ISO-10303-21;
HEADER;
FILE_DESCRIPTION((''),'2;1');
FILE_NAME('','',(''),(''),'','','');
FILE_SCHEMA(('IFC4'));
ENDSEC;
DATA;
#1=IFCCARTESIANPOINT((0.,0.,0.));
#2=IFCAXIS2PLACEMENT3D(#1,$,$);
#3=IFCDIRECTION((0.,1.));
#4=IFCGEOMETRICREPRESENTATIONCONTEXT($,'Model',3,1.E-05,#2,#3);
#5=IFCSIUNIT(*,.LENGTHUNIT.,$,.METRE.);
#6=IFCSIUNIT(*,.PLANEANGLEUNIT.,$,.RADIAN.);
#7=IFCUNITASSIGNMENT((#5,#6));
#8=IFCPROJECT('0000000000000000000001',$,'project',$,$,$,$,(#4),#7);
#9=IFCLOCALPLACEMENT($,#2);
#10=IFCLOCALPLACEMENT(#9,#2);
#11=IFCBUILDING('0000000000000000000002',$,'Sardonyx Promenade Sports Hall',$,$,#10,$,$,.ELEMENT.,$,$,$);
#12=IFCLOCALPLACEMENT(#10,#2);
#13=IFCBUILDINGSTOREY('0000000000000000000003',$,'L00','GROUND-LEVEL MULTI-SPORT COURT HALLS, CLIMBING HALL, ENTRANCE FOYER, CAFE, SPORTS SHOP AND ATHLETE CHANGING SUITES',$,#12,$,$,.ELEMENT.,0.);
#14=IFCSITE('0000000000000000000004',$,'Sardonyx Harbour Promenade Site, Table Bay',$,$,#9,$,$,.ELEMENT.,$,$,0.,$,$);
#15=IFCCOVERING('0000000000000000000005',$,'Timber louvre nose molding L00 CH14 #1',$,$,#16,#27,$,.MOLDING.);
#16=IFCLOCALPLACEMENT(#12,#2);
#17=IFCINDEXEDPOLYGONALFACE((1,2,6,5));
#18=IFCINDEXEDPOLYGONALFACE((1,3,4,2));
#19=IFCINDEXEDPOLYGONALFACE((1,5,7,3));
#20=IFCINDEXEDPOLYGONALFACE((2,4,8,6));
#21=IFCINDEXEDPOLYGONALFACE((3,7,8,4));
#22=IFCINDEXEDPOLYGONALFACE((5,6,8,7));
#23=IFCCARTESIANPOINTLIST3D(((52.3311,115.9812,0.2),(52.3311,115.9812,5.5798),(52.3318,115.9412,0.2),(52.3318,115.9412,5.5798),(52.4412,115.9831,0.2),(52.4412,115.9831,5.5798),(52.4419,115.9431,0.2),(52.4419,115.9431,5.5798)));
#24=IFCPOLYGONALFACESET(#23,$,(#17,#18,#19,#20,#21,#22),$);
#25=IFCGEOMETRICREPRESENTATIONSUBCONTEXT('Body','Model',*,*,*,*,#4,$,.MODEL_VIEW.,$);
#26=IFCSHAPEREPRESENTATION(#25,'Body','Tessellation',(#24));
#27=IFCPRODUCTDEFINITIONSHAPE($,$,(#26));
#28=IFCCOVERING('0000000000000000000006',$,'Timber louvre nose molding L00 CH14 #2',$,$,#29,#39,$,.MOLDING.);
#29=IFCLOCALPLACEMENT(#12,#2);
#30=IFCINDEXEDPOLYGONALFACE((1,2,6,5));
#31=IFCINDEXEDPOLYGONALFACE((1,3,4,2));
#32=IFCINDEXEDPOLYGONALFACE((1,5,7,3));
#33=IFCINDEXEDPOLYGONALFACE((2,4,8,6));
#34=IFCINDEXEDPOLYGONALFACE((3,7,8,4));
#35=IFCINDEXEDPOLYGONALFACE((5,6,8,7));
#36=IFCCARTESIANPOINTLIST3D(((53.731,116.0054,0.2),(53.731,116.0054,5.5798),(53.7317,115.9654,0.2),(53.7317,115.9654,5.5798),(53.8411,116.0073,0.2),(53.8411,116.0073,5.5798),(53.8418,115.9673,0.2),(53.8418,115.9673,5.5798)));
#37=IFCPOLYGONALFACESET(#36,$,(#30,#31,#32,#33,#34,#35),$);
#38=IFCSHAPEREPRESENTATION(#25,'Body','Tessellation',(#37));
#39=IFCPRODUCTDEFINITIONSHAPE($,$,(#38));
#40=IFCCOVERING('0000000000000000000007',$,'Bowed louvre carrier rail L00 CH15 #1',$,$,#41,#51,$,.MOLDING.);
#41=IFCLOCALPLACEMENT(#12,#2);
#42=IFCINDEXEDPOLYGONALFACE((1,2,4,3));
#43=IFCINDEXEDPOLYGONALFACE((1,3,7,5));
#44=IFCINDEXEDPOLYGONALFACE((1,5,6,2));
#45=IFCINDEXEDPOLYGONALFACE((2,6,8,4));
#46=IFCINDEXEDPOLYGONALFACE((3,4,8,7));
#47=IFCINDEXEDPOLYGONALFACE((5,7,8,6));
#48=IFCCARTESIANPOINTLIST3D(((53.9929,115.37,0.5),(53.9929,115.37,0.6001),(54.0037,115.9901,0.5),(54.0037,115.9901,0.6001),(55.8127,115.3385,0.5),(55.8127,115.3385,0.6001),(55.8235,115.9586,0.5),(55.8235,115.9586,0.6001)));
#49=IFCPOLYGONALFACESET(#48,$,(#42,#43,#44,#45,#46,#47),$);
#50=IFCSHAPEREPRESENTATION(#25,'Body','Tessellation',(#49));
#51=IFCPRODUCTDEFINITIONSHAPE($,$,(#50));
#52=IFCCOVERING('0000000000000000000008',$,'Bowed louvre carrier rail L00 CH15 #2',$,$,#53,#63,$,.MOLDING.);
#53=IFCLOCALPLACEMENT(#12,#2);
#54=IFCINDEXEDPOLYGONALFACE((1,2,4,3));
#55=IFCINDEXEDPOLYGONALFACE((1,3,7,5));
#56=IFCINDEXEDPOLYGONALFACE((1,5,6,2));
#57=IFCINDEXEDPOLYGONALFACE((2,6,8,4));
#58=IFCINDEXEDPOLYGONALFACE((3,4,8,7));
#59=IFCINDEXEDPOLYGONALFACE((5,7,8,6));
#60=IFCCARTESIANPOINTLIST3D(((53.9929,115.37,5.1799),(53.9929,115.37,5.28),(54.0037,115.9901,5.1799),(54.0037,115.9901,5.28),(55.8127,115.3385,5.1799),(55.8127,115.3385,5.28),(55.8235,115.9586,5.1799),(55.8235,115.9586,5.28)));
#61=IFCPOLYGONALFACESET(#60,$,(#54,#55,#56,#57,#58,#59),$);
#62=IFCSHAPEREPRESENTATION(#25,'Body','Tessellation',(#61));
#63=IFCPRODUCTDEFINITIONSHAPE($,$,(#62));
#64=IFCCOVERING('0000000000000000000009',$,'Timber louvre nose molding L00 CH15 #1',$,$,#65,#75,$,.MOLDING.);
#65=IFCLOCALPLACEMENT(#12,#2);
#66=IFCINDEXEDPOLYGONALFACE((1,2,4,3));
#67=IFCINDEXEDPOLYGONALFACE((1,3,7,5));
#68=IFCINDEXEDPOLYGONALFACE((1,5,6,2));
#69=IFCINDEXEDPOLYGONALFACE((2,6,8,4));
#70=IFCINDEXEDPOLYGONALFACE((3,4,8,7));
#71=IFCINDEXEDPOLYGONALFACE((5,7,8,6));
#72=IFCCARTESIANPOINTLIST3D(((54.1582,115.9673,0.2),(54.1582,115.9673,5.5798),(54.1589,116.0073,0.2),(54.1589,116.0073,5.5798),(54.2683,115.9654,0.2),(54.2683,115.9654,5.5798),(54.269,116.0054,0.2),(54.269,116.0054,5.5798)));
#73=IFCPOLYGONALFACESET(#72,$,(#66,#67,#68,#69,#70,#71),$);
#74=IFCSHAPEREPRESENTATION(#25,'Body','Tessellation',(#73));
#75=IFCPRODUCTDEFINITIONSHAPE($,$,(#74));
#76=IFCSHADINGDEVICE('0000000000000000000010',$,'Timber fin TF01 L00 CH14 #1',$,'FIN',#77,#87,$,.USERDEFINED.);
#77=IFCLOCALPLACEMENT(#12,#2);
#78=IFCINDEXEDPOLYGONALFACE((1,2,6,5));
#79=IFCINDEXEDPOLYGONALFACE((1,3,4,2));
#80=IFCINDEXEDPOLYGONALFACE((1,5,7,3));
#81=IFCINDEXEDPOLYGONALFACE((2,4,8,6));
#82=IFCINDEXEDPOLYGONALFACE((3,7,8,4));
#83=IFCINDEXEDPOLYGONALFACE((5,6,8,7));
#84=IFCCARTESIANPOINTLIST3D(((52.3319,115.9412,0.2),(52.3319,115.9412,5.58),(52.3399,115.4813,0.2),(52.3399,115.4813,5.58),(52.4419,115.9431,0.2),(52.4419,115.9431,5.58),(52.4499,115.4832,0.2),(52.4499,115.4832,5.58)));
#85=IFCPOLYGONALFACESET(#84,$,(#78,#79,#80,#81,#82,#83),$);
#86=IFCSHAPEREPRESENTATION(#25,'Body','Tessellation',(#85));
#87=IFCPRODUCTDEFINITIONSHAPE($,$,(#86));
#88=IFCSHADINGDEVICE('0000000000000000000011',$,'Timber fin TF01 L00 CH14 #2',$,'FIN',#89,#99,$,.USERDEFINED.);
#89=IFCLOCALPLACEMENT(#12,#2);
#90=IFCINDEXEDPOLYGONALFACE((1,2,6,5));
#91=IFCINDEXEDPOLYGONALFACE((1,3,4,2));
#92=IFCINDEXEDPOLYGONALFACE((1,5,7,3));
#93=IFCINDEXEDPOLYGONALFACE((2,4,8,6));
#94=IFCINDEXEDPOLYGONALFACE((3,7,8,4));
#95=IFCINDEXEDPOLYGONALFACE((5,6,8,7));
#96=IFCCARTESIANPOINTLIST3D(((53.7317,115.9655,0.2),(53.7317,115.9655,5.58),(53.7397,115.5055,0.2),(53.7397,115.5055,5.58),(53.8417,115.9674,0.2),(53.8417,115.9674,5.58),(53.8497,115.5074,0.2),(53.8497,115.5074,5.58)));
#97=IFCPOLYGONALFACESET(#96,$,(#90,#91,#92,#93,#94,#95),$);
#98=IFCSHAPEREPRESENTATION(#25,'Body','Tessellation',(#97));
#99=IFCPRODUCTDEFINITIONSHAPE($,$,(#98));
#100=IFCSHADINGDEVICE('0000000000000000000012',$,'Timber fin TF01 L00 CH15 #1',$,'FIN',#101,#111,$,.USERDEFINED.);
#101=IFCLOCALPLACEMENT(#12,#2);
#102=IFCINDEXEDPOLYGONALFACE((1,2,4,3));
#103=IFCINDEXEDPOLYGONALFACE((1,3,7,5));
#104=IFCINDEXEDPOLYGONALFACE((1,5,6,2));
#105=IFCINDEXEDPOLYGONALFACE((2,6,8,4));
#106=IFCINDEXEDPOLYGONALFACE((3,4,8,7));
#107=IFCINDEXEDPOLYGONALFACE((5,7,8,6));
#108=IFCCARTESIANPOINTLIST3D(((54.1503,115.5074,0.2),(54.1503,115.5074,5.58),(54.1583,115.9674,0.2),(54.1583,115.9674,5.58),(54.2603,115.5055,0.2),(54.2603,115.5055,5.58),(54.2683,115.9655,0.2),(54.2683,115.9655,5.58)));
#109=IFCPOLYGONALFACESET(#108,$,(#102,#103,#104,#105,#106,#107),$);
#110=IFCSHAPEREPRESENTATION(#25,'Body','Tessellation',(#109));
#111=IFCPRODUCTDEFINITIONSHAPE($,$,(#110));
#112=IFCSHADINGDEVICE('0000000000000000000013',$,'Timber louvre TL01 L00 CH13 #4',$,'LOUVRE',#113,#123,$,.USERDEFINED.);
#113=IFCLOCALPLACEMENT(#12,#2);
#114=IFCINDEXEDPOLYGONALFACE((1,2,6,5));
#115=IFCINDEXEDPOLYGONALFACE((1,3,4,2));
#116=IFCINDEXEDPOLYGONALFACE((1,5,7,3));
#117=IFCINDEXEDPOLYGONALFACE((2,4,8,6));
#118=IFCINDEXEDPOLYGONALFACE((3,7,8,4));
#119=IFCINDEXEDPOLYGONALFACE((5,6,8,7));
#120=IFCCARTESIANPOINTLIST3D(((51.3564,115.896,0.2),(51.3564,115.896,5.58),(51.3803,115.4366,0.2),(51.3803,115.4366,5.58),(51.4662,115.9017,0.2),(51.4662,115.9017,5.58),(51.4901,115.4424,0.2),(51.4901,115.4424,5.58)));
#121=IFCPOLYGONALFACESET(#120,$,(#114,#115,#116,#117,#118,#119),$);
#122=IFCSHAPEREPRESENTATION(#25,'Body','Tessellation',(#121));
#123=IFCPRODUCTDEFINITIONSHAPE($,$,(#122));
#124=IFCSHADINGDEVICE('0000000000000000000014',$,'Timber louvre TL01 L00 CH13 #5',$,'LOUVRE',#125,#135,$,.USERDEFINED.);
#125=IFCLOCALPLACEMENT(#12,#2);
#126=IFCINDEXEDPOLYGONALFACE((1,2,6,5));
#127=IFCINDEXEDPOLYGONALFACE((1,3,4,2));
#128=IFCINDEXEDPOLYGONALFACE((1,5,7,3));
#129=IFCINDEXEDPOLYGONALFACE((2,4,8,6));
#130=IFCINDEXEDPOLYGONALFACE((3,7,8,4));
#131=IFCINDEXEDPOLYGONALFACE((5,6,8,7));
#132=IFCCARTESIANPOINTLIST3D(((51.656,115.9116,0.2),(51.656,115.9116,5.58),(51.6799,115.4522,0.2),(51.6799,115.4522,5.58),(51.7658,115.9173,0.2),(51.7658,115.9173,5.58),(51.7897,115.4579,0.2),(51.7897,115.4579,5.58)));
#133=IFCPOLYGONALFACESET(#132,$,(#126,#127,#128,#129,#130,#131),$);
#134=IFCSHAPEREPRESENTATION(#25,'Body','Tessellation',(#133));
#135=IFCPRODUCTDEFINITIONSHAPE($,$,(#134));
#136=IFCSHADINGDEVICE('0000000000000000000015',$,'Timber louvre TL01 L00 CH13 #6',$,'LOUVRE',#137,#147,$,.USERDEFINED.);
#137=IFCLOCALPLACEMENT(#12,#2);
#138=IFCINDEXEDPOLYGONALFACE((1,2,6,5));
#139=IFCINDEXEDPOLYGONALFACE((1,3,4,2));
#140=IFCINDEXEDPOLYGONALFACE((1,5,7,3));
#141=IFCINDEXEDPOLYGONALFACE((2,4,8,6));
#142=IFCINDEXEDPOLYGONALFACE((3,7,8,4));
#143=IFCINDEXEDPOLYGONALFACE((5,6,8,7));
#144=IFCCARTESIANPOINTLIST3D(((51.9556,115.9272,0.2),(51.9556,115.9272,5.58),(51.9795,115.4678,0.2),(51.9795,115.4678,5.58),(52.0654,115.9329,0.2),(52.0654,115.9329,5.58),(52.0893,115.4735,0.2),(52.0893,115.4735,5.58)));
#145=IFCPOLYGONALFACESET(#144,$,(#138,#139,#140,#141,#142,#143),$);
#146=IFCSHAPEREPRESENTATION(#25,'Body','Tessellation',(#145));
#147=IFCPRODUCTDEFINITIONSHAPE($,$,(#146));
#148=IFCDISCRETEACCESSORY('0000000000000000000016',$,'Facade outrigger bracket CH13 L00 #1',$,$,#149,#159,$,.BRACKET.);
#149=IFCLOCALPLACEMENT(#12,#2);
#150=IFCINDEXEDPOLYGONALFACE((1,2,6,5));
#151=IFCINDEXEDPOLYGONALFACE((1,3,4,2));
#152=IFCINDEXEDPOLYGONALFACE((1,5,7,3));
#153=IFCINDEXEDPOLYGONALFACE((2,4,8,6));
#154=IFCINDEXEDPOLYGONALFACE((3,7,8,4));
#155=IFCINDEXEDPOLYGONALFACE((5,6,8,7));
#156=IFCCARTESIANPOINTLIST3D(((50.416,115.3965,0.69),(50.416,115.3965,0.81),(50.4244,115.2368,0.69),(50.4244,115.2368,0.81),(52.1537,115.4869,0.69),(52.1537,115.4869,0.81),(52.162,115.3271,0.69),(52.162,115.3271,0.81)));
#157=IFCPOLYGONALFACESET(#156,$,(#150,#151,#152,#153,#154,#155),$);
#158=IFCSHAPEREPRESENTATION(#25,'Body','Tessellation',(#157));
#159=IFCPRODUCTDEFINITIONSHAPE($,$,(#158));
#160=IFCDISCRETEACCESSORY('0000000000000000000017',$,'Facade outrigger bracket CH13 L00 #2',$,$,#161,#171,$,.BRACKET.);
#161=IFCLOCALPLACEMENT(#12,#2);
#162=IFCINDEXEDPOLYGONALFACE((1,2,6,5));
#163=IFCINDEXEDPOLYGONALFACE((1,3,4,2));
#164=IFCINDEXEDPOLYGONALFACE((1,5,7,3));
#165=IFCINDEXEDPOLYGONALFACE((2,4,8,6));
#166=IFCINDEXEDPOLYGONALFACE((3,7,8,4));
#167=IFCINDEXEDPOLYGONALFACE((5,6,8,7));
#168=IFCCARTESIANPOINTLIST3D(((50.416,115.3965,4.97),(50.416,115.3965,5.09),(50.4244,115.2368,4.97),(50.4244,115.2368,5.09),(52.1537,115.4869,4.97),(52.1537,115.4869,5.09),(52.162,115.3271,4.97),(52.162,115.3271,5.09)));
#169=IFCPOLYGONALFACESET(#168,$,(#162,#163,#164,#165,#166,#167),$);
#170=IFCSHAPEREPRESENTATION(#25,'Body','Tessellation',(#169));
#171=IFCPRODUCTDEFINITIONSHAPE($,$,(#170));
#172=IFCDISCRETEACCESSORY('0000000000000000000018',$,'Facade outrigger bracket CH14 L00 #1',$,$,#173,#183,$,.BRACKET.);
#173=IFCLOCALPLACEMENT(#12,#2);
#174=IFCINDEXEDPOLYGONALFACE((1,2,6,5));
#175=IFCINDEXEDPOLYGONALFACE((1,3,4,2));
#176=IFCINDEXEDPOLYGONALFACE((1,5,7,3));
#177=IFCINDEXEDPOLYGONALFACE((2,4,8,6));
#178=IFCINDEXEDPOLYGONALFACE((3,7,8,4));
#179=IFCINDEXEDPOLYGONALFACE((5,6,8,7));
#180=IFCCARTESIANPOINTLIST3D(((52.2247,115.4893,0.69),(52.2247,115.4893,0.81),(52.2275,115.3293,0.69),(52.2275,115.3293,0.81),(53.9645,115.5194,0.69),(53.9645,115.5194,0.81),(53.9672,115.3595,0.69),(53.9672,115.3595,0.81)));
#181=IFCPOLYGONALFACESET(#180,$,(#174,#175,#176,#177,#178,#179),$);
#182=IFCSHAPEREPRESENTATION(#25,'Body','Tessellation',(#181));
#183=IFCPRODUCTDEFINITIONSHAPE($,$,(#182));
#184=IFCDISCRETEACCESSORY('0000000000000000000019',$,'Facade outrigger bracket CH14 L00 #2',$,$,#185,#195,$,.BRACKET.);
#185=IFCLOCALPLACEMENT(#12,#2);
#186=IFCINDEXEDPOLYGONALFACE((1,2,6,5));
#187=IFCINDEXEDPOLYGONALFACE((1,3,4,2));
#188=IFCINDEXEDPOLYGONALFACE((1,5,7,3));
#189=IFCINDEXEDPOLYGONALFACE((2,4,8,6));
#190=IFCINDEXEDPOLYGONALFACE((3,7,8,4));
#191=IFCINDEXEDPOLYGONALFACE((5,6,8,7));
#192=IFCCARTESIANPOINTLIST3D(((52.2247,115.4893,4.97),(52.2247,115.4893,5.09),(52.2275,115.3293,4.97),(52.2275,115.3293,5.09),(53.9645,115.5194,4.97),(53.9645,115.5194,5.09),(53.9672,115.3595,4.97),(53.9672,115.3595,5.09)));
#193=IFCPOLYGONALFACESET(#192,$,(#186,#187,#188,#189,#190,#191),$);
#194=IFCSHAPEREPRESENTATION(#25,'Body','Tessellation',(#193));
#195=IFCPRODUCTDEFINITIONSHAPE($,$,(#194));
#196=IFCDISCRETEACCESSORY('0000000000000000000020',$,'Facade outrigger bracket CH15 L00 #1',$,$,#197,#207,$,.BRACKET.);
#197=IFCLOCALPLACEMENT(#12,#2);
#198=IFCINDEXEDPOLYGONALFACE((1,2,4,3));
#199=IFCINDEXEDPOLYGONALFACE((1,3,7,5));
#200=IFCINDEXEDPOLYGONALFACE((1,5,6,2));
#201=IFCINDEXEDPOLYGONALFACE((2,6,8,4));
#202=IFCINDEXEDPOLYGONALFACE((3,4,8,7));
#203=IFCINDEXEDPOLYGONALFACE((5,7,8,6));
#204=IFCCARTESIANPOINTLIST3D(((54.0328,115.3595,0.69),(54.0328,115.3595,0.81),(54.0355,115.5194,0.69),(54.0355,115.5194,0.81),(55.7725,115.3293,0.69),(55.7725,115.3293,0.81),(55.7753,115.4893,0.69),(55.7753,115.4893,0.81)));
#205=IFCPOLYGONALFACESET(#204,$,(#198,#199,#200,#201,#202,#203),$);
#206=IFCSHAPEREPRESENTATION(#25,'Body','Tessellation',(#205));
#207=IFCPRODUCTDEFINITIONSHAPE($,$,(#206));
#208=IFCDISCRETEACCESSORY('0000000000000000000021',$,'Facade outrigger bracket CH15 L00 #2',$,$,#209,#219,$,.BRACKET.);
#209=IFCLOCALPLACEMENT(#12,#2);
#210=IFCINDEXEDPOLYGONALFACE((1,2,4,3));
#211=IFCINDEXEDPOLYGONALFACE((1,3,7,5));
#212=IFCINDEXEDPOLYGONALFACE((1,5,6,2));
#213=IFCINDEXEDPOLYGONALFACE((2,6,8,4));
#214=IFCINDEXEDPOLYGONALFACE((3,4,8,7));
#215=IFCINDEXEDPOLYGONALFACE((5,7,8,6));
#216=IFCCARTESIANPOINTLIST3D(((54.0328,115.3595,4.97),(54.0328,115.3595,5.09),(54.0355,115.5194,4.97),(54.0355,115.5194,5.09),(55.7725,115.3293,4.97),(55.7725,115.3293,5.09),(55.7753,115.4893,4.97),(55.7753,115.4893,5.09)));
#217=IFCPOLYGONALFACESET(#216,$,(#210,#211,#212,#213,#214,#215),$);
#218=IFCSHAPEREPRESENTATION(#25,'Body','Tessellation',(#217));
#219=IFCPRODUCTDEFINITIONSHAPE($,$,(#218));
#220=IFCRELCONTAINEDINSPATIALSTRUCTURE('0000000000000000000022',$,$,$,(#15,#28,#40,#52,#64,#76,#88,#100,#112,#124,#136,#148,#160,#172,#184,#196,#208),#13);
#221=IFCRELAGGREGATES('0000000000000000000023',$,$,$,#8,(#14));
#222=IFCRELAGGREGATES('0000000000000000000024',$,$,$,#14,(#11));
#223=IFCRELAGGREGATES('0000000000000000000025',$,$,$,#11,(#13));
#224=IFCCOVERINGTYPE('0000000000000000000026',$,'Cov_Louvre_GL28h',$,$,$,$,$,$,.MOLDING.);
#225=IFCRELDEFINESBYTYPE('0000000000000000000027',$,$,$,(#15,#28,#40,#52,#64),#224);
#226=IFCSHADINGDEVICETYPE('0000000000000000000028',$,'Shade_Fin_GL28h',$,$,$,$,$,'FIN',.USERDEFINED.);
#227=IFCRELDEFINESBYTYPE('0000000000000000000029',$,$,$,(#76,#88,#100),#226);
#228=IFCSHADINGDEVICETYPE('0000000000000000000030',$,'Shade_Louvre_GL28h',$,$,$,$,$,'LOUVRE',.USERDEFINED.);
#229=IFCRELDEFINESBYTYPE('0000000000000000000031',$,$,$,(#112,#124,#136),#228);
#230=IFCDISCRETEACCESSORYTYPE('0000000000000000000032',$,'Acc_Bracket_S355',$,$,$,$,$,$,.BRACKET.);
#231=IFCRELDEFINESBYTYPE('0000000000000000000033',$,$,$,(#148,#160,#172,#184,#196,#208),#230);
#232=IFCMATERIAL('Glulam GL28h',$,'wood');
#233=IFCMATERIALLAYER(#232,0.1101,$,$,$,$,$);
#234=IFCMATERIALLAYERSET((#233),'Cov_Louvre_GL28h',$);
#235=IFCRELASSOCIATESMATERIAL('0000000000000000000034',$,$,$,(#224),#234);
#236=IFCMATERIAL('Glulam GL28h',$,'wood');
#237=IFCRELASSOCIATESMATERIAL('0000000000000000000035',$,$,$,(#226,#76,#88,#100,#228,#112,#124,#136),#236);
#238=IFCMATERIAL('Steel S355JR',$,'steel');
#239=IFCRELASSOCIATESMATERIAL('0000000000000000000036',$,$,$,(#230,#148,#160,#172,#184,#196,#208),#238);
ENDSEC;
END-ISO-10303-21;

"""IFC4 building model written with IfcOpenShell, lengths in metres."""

from ifc_helpers import new_model, si_unit, direction, frame, origin, origin_2d, place, context, subcontext, project, spatial, rectangle, extrude, material, layer, layer_set, type_object, element, save


model = new_model("IFC4")

# Units and contexts
model_context = context("Model", 3, precision=1e-05, world=origin(), true_north=direction((0.0, 1.0)))
body_context = subcontext(model_context, "Body", "Model", "MODEL_VIEW")
ifc_project = project(units=[si_unit("LENGTHUNIT", "METRE"), si_unit("PLANEANGLEUNIT", "RADIAN")], contexts=[model_context])

# Site, building, storey
site_placement = place(None, origin())
site = spatial("IfcSite", under=ifc_project, at=site_placement, Name="Sardonyx Harbour Promenade Site, Table Bay", CompositionType="ELEMENT", RefElevation=0.0)
building_placement = place(site_placement, origin())
building = spatial("IfcBuilding", under=site, at=building_placement, Name="Sardonyx Promenade Sports Hall", CompositionType="ELEMENT")
storey_placement = place(building_placement, origin())
storey = spatial("IfcBuildingStorey", under=building, at=storey_placement, Name="L00", Description="GROUND-LEVEL MULTI-SPORT COURT HALLS, CLIMBING HALL, ENTRANCE FOYER, CAFE, SPORTS SHOP AND ATHLETE CHANGING SUITES", CompositionType="ELEMENT", Elevation=0.0)

# Coverings
ifc_material_1 = material(Name="Glulam GL28h", Category="wood")
ifc_layer_1 = layer(ifc_material_1, 0.1101)
ifc_layer_set_1 = layer_set([ifc_layer_1], Name="Cov_Louvre_GL28h")
covering_type = type_object("IfcCoveringType", Name="Cov_Louvre_GL28h", PredefinedType="MOLDING", material=ifc_layer_set_1)
for number, where, z_axis, x_axis, name in (
    (1, (52.3865, 115.9622, 0.2), (0.0, 0.0, 1.0), (0.99985, 0.017308, 0.0), "Timber louvre nose molding L00 CH14 #1"),
    (2, (53.7864, 115.9863, 0.2), (0.0, 0.0, 1.0), (0.99985, 0.017308, 0.0), "Timber louvre nose molding L00 CH14 #2"),
):
    element("IfcCovering", number, at=place(storey_placement, frame(where, z_axis=z_axis, x_axis=x_axis)), inside=storey, type_object=covering_type, Name=name, PredefinedType="MOLDING", context=body_context, shape_type="SweptSolid", body=[
        extrude(rectangle(XDim=0.1101, YDim=0.04, at=origin_2d()), origin(), (0.0, 0.0, 1.0), 5.3799),
    ])
for number, where, z_axis, x_axis, name in (
    (3, (54.9082, 115.6643, 0.5), (0.0, 0.0, 1.0), (0.99985, -0.017308, 0.0), "Bowed louvre carrier rail L00 CH15 #1"),
    (4, (54.9082, 115.6643, 5.1799), (0.0, 0.0, 1.0), (0.99985, -0.017308, 0.0), "Bowed louvre carrier rail L00 CH15 #2"),
):
    element("IfcCovering", number, at=place(storey_placement, frame(where, z_axis=z_axis, x_axis=x_axis)), inside=storey, type_object=covering_type, Name=name, PredefinedType="MOLDING", context=body_context, shape_type="SweptSolid", body=[
        extrude(rectangle(XDim=1.8201, YDim=0.6201, at=origin_2d()), origin(), (0.0, 0.0, 1.0), 0.1001),
    ])
covering_placement = place(storey_placement, frame((54.2136, 115.9863, 0.2), z_axis=(0.0, 0.0, 1.0), x_axis=(0.99985, -0.017308, 0.0)))
element("IfcCovering", 5, at=covering_placement, inside=storey, type_object=covering_type, Name="Timber louvre nose molding L00 CH15 #1", PredefinedType="MOLDING", context=body_context, shape_type="SweptSolid", body=[
    extrude(rectangle(XDim=0.1101, YDim=0.04, at=origin_2d()), origin(), (0.0, 0.0, 1.0), 5.3799),
])

# Shading devices
ifc_material_2 = material(Name="Glulam GL28h", Category="wood")
shading_device_type_1 = type_object("IfcShadingDeviceType", Name="Shade_Fin_GL28h", ElementType="FIN", PredefinedType="USERDEFINED", material=ifc_material_2)
for number, where, z_axis, x_axis, name in (
    (6, (52.3909, 115.7122, 0.2), (0.0, 0.0, 1.0), (0.99985, 0.017308, 0.0), "Timber fin TF01 L00 CH14 #1"),
    (7, (53.7907, 115.7365, 0.2), (0.0, 0.0, 1.0), (0.99985, 0.017308, 0.0), "Timber fin TF01 L00 CH14 #2"),
    (8, (54.2093, 115.7365, 0.2), (0.0, 0.0, 1.0), (0.99985, -0.017308, 0.0), "Timber fin TF01 L00 CH15 #1"),
):
    element("IfcShadingDevice", number, at=place(storey_placement, frame(where, z_axis=z_axis, x_axis=x_axis)), inside=storey, type_object=shading_device_type_1, material=ifc_material_2, Name=name, ObjectType="FIN", PredefinedType="USERDEFINED", context=body_context, shape_type="SweptSolid", body=[
        extrude(rectangle(XDim=0.11, YDim=0.46), origin(), (0.0, 0.0, 1.0), 5.38),
    ])
shading_device_type_2 = type_object("IfcShadingDeviceType", Name="Shade_Louvre_GL28h", ElementType="LOUVRE", PredefinedType="USERDEFINED", material=ifc_material_2)
for number, where, z_axis, x_axis, name in (
    (9, (51.4233, 115.6692, 0.2), (0.0, 0.0, 1.0), (0.998652, 0.051902, 0.0), "Timber louvre TL01 L00 CH13 #4"),
    (10, (51.7228, 115.6848, 0.2), (0.0, 0.0, 1.0), (0.998652, 0.051902, 0.0), "Timber louvre TL01 L00 CH13 #5"),
    (11, (52.0224, 115.7003, 0.2), (0.0, 0.0, 1.0), (0.998652, 0.051902, 0.0), "Timber louvre TL01 L00 CH13 #6"),
):
    element("IfcShadingDevice", number, at=place(storey_placement, frame(where, z_axis=z_axis, x_axis=x_axis)), inside=storey, type_object=shading_device_type_2, material=ifc_material_2, Name=name, ObjectType="LOUVRE", PredefinedType="USERDEFINED", context=body_context, shape_type="SweptSolid", body=[
        extrude(rectangle(XDim=0.11, YDim=0.46), origin(), (0.0, 0.0, 1.0), 5.38),
    ])

# Discrete accessories
ifc_material_3 = material(Name="Steel S355JR", Category="steel")
discrete_accessory_type = type_object("IfcDiscreteAccessoryType", Name="Acc_Bracket_S355", PredefinedType="BRACKET", material=ifc_material_3)
for number, where, z_axis, x_axis, name in (
    (12, (51.289, 115.3618, 0.69), (0.0, 0.0, 1.0), (0.998652, 0.051902, 0.0), "Facade outrigger bracket CH13 L00 #1"),
    (13, (51.289, 115.3618, 4.97), (0.0, 0.0, 1.0), (0.998652, 0.051902, 0.0), "Facade outrigger bracket CH13 L00 #2"),
    (14, (53.096, 115.4244, 0.69), (0.0, 0.0, 1.0), (0.99985, 0.017308, 0.0), "Facade outrigger bracket CH14 L00 #1"),
    (15, (53.096, 115.4244, 4.97), (0.0, 0.0, 1.0), (0.99985, 0.017308, 0.0), "Facade outrigger bracket CH14 L00 #2"),
    (16, (54.904, 115.4244, 0.69), (0.0, 0.0, 1.0), (0.99985, -0.017308, 0.0), "Facade outrigger bracket CH15 L00 #1"),
    (17, (54.904, 115.4244, 4.97), (0.0, 0.0, 1.0), (0.99985, -0.017308, 0.0), "Facade outrigger bracket CH15 L00 #2"),
):
    element("IfcDiscreteAccessory", number, at=place(storey_placement, frame(where, z_axis=z_axis, x_axis=x_axis)), inside=storey, type_object=discrete_accessory_type, material=ifc_material_3, Name=name, PredefinedType="BRACKET", context=body_context, shape_type="SweptSolid", body=[
        extrude(rectangle(XDim=1.74, YDim=0.16), origin(), (0.0, 0.0, 1.0), 0.12),
    ])

save(model, "model.ifc")
